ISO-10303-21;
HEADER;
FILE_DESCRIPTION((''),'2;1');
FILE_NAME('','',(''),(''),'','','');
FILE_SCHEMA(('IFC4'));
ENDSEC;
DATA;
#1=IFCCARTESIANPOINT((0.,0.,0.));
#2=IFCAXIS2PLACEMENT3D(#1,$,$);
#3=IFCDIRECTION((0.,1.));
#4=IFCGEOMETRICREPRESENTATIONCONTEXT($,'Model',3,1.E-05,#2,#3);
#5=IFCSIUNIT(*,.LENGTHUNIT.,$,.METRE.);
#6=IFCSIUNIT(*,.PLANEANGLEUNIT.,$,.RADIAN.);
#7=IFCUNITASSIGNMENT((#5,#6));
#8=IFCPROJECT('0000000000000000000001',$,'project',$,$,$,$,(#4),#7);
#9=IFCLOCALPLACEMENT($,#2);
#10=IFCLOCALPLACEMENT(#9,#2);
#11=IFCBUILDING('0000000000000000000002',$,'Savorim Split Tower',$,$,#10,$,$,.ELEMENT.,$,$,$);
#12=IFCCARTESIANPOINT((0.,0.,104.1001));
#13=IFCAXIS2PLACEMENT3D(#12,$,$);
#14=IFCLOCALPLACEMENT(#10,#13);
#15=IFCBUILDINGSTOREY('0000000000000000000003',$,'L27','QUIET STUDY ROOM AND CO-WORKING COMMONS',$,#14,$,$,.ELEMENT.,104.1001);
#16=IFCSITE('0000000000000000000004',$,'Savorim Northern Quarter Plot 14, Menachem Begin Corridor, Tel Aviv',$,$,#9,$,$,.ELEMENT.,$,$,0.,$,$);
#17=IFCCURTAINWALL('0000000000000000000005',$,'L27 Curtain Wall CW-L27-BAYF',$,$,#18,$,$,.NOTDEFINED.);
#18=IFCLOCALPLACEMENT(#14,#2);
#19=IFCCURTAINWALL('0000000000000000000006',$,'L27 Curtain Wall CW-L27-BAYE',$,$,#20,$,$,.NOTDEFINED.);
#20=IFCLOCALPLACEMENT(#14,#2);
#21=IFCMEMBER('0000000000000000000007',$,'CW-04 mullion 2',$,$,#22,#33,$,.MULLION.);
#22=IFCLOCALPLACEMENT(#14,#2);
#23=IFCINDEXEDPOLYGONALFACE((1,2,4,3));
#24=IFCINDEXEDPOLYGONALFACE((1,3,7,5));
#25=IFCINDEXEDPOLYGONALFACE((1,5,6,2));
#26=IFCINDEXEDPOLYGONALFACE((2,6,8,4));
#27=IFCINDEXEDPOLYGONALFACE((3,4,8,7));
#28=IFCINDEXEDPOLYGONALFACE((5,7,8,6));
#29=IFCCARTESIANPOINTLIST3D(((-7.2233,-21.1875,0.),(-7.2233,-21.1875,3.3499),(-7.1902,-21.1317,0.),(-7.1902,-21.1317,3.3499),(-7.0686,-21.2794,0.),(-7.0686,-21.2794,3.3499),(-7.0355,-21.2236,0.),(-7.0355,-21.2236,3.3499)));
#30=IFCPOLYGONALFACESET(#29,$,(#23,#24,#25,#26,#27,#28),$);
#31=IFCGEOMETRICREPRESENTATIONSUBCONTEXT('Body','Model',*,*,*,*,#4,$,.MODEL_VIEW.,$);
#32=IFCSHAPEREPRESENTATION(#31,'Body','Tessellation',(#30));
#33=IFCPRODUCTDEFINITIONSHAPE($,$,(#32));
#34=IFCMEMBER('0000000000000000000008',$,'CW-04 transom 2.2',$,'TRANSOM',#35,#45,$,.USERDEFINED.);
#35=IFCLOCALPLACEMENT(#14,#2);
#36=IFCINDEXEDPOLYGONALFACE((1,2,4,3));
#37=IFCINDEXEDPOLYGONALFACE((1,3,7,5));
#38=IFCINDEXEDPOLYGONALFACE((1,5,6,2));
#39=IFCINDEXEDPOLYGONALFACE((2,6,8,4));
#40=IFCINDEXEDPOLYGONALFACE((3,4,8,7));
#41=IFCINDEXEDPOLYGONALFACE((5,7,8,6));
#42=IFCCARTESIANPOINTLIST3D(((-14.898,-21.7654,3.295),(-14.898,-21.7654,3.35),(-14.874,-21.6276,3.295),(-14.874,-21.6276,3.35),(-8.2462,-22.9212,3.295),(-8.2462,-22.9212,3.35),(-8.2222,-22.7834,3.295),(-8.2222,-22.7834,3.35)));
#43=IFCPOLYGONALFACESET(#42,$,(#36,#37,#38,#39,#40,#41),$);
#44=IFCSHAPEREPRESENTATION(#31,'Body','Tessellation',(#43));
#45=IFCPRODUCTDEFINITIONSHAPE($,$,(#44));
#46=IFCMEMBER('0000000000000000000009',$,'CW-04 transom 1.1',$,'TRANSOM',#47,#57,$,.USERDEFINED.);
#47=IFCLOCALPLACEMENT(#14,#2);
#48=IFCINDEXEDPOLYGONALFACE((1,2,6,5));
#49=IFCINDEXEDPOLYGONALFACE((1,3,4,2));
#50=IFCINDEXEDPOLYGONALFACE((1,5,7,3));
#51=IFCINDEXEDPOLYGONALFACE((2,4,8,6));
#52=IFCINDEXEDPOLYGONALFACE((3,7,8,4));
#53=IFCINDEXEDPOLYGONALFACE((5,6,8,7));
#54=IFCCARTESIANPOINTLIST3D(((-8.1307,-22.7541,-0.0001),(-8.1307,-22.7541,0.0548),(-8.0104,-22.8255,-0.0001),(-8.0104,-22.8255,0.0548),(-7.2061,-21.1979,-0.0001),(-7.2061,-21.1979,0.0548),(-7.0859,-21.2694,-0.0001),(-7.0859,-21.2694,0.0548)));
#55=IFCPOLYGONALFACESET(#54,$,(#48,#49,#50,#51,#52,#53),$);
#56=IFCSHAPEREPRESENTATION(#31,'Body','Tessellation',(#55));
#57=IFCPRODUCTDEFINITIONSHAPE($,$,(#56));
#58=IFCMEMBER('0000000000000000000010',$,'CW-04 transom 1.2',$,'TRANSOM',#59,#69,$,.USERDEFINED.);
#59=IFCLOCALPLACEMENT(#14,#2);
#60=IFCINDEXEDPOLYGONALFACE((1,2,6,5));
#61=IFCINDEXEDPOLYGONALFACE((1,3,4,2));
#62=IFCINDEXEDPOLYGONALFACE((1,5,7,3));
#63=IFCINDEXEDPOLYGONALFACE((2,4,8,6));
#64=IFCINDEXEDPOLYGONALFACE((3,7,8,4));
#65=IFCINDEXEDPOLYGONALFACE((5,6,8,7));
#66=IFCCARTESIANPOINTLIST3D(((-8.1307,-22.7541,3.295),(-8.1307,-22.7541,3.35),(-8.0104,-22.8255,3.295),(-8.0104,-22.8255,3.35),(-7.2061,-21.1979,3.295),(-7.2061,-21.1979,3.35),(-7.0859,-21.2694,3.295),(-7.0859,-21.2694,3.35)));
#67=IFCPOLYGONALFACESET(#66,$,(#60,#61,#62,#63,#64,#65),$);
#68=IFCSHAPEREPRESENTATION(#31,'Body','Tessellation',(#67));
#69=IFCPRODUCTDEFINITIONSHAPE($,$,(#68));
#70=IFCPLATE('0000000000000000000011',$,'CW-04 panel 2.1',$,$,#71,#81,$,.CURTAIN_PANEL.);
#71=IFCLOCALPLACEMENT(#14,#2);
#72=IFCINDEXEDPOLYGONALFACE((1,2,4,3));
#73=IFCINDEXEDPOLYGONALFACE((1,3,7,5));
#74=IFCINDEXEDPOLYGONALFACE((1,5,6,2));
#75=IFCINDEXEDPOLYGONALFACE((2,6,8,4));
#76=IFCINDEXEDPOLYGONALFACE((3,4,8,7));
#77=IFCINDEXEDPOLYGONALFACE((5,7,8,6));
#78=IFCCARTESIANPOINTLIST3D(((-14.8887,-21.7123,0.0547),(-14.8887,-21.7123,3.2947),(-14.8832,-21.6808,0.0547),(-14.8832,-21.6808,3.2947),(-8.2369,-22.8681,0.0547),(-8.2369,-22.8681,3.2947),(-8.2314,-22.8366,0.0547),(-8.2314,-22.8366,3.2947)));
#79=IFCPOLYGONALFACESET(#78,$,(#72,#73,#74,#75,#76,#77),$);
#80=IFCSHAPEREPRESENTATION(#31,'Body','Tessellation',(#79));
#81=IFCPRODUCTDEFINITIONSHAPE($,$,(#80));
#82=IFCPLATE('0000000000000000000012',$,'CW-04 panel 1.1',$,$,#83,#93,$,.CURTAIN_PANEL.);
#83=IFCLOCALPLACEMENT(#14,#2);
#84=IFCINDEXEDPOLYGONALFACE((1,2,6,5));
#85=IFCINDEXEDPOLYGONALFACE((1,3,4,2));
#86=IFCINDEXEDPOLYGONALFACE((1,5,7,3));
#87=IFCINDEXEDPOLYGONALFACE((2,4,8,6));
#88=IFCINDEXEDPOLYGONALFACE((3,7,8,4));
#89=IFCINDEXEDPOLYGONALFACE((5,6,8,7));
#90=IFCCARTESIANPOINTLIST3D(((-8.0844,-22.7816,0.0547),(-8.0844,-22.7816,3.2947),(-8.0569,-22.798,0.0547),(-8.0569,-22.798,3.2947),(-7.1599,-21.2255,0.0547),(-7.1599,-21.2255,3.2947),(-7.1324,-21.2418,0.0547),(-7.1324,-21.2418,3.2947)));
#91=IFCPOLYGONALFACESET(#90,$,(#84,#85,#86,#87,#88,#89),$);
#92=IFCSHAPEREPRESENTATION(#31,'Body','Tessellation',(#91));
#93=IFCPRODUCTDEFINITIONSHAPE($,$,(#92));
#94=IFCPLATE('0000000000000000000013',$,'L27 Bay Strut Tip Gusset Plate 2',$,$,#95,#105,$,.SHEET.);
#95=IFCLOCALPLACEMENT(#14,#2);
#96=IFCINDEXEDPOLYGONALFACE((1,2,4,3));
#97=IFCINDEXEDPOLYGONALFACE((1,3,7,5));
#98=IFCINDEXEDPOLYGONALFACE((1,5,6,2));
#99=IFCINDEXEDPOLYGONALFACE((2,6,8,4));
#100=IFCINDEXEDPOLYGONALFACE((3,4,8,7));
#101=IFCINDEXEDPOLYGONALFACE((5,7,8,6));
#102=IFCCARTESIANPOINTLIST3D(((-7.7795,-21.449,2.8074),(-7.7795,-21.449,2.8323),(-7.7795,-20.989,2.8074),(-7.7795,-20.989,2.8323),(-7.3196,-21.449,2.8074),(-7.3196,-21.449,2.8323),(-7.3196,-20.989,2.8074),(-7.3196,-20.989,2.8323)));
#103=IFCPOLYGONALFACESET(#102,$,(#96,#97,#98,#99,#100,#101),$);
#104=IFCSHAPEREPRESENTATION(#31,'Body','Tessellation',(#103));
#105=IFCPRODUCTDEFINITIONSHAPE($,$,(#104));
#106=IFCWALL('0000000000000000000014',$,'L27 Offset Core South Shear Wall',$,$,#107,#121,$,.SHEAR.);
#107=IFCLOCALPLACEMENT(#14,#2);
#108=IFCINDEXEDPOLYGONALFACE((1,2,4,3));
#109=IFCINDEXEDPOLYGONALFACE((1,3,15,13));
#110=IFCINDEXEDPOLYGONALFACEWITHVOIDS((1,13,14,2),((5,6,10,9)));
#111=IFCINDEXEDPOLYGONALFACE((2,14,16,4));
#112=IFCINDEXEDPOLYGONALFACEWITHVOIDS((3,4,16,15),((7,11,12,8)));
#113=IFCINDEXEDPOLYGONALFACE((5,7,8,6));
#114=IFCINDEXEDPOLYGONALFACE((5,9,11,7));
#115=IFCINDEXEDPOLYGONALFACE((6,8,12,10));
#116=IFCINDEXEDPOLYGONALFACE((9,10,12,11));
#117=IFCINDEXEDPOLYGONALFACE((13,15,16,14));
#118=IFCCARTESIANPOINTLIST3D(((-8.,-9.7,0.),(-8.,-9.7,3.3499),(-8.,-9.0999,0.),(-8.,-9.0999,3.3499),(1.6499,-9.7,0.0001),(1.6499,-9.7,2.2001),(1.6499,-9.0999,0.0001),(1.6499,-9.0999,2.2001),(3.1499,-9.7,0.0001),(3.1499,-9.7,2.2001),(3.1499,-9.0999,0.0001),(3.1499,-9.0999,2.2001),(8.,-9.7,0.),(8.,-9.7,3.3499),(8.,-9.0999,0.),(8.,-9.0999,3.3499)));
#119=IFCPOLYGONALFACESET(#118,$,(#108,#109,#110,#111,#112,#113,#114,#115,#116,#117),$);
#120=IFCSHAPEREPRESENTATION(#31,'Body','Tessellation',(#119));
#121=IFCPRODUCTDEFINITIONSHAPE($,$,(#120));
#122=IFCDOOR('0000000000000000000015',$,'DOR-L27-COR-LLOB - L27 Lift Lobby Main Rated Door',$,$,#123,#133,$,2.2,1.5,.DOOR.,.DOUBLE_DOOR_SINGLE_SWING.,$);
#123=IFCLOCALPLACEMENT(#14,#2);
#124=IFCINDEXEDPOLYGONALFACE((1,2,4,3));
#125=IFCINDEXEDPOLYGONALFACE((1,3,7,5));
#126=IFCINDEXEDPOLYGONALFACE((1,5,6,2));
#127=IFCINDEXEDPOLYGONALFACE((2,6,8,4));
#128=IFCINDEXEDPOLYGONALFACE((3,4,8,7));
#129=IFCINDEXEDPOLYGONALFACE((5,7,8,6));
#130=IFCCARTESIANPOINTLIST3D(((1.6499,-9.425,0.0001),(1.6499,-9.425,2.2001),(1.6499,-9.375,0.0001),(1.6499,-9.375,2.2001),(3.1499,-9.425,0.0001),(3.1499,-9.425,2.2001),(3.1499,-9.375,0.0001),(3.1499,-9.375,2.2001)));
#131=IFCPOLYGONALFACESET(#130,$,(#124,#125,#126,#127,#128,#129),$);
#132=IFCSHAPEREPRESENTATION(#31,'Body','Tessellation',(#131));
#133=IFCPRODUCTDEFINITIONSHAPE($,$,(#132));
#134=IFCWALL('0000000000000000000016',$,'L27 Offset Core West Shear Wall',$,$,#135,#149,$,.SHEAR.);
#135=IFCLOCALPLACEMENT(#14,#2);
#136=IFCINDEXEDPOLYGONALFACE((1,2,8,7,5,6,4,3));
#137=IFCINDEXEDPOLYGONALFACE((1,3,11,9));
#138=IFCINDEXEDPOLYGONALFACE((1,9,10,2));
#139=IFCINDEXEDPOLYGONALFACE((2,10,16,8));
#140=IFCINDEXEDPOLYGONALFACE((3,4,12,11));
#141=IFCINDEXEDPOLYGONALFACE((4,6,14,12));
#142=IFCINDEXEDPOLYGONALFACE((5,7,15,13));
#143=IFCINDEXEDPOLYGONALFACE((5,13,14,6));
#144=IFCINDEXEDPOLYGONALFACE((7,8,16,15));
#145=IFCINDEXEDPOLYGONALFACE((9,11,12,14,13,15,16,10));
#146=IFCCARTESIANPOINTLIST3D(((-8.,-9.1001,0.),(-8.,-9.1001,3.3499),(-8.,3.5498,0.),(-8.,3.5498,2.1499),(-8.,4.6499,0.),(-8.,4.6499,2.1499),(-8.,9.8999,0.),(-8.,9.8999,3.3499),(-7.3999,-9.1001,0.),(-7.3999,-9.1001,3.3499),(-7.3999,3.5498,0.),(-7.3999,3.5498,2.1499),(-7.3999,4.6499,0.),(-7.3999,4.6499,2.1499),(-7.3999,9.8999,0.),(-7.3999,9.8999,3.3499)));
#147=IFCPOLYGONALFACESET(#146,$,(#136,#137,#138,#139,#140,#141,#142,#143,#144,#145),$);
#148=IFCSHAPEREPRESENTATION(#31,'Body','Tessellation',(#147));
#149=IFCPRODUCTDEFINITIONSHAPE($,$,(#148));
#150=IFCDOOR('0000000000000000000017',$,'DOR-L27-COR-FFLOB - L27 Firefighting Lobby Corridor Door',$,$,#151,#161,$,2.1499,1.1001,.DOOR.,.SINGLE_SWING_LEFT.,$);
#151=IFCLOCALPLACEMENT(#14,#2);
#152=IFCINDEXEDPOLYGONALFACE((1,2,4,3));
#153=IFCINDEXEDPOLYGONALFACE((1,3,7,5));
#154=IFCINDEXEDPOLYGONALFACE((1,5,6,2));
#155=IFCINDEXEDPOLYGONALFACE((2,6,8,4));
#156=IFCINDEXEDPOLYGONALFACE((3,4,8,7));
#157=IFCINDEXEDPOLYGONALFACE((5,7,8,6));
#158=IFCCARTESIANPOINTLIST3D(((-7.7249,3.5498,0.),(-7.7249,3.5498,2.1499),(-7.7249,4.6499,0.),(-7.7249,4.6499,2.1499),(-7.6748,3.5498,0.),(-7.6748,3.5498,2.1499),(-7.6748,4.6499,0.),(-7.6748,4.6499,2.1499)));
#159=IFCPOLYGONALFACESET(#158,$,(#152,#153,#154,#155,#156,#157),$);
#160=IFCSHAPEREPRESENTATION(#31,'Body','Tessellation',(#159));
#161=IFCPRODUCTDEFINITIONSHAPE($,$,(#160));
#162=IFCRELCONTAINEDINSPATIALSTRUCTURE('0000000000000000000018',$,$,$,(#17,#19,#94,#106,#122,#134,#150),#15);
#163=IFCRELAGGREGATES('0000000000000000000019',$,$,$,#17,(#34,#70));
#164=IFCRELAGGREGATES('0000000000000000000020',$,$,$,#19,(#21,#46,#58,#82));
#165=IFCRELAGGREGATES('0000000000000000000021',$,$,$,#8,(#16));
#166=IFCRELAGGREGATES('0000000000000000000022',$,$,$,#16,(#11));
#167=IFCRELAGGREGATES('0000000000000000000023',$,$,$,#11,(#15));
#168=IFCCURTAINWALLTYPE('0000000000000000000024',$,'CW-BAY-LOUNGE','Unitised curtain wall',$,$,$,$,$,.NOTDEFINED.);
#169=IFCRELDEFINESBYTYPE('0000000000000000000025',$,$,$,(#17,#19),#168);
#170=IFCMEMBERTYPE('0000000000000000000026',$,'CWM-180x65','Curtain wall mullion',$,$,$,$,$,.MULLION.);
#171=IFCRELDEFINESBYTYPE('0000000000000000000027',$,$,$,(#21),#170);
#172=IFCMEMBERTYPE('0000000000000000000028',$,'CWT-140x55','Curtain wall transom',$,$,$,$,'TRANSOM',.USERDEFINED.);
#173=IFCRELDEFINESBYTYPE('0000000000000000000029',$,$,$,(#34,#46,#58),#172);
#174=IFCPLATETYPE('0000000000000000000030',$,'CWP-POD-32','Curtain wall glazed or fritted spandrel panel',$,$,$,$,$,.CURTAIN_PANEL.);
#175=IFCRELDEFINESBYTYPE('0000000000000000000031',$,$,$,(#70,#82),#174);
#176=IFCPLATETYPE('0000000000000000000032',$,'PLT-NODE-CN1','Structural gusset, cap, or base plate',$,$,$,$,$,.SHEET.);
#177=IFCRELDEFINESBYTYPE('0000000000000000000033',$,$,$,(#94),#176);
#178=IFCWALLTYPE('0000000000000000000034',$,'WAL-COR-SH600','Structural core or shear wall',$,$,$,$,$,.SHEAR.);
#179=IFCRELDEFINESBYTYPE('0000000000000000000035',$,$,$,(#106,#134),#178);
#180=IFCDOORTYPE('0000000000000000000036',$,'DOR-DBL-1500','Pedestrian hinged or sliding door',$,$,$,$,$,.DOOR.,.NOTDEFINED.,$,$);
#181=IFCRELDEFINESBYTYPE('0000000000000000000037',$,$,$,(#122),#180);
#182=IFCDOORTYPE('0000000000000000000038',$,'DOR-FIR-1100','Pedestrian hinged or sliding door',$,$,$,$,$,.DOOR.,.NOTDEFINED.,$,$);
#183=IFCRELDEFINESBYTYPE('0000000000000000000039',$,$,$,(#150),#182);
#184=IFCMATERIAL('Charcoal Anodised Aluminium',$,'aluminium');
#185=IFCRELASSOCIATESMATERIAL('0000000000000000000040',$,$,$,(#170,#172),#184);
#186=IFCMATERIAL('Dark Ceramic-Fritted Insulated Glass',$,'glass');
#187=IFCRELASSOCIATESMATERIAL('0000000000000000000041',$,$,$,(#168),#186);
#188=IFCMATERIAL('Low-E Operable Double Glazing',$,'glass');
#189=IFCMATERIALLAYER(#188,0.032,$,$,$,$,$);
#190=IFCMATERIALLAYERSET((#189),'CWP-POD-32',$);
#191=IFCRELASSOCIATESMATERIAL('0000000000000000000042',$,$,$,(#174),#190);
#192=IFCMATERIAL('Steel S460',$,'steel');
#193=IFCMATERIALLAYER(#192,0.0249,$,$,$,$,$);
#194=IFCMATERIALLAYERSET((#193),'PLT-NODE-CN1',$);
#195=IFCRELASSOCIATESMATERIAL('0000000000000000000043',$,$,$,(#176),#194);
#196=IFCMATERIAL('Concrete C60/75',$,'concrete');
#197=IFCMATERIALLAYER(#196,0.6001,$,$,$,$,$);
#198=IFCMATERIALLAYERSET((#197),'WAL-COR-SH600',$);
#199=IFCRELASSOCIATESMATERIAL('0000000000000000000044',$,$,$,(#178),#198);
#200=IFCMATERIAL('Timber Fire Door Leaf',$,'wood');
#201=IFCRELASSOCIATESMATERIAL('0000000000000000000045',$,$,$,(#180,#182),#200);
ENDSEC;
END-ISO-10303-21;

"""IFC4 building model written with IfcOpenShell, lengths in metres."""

from ifc_helpers import new_model, si_unit, direction, frame, frame_2d, origin, origin_2d, place, context, subcontext, project, spatial, rectangle, extrude, material, layer, layer_set, material_profile, profile_set, type_object, element, fill, aggregate, save


model = new_model("IFC4")

# Units and contexts
model_context = context("Model", 3, precision=1e-05, world=origin(), true_north=direction((0.0, 1.0)))
body_context = subcontext(model_context, "Body", "Model", "MODEL_VIEW")
ifc_project = project(units=[si_unit("LENGTHUNIT", "METRE"), si_unit("PLANEANGLEUNIT", "RADIAN")], contexts=[model_context])

# Site, building, storey
site_placement = place(None, origin())
site = spatial("IfcSite", under=ifc_project, at=site_placement, Name="Savorim Northern Quarter Plot 14, Menachem Begin Corridor, Tel Aviv", CompositionType="ELEMENT", RefElevation=0.0)
building_placement = place(site_placement, origin())
building = spatial("IfcBuilding", under=site, at=building_placement, Name="Savorim Split Tower", CompositionType="ELEMENT")
storey_placement = place(building_placement, frame((0.0, 0.0, 104.1001)))
storey = spatial("IfcBuildingStorey", under=building, at=storey_placement, Name="L27", Description="QUIET STUDY ROOM AND CO-WORKING COMMONS", CompositionType="ELEMENT", Elevation=104.1001)

# Shared definitions
ifc_material_1 = material(Name="Steel S460", Category="steel")

# Curtain wall
ifc_material_2 = material(Name="Dark Ceramic-Fritted Insulated Glass", Category="glass")
ifc_material_3 = material(Name="Charcoal Anodised Aluminium", Category="aluminium")
ifc_material_profile_1 = material_profile(ifc_material_3, rectangle(XDim=0.1799, YDim=0.0649, at=origin_2d()), Name="ALU-M 180x65")
ifc_profile_set_1 = profile_set([ifc_material_profile_1], Name="Charcoal Anodised Aluminium")
member_type_1 = type_object("IfcMemberType", Name="CWM-180x65", Description="Curtain wall mullion", PredefinedType="MULLION", material=ifc_profile_set_1)
curtain_wall_type_1 = type_object("IfcCurtainWallType", Name="CW-BAY-LOUNGE", Description="Unitised curtain wall", PredefinedType="NOTDEFINED", material=ifc_material_2)
curtain_wall_1_placement = place(storey_placement, origin())
curtain_wall_1 = element("IfcCurtainWall", 1, at=curtain_wall_1_placement, inside=storey, type_object=curtain_wall_type_1, Name="L27 Curtain Wall CW-L27-BAYF", PredefinedType="NOTDEFINED")

# Curtain wall, member
curtain_wall_2_placement = place(storey_placement, origin())
curtain_wall_2 = element("IfcCurtainWall", 2, at=curtain_wall_2_placement, inside=storey, type_object=curtain_wall_type_1, Name="L27 Curtain Wall CW-L27-BAYE", PredefinedType="NOTDEFINED")
member_1_placement = place(storey_placement, frame((-7.1294, -21.2056, 0.0), z_axis=(0.0, 0.0, 1.0), x_axis=(-0.859722, 0.510761, 0.0)))
member_1 = element("IfcMember", 3, at=member_1_placement, type_object=member_type_1, Name="CW-04 mullion 2", PredefinedType="MULLION", context=body_context, shape_type="SweptSolid", body=[
    extrude(rectangle(XDim=0.1799, YDim=0.0649, at=origin_2d()), origin(), (0.0, 0.0, 1.0), 3.3499),
])

# Members
ifc_material_profile_2 = material_profile(ifc_material_3, rectangle(XDim=0.1399, YDim=0.0549, at=origin_2d()), Name="ALU-T 140x55")
ifc_profile_set_2 = profile_set([ifc_material_profile_2], Name="Charcoal Anodised Aluminium")
member_type_2 = type_object("IfcMemberType", Name="CWT-140x55", Description="Curtain wall transom", ElementType="TRANSOM", PredefinedType="USERDEFINED", material=ifc_profile_set_2)
member_2_placement = place(storey_placement, frame((-14.886, -21.6965, 3.3225), z_axis=(0.985239, -0.171186, 0.0), x_axis=(0.171186, 0.985239, 0.0)))
member_2 = element("IfcMember", 4, at=member_2_placement, type_object=member_type_2, Name="CW-04 transom 2.2", ObjectType="TRANSOM", PredefinedType="USERDEFINED", context=body_context, shape_type="SweptSolid", body=[
    extrude(rectangle(XDim=0.1399, YDim=0.0549, at=origin_2d()), origin(), (0.0, 0.0, 1.0), 6.7515),
])
member_3_placement = place(storey_placement, frame((-8.0706, -22.7898, 0.0273), z_axis=(0.510782, 0.85971, 0.0), x_axis=(-0.85971, 0.510782, 0.0)))
member_3 = element("IfcMember", 5, at=member_3_placement, type_object=member_type_2, Name="CW-04 transom 1.1", ObjectType="TRANSOM", PredefinedType="USERDEFINED", context=body_context, shape_type="SweptSolid", body=[
    extrude(rectangle(XDim=0.1399, YDim=0.0549, at=origin_2d()), origin(), (0.0, 0.0, 1.0), 1.8101),
])
member_4_placement = place(storey_placement, frame((-8.0706, -22.7898, 3.3225), z_axis=(0.510782, 0.85971, 0.0), x_axis=(-0.85971, 0.510782, 0.0)))
member_4 = element("IfcMember", 6, at=member_4_placement, type_object=member_type_2, Name="CW-04 transom 1.2", ObjectType="TRANSOM", PredefinedType="USERDEFINED", context=body_context, shape_type="SweptSolid", body=[
    extrude(rectangle(XDim=0.1399, YDim=0.0549, at=origin_2d()), origin(), (0.0, 0.0, 1.0), 1.8101),
])

# Plates
ifc_material_4 = material(Name="Low-E Operable Double Glazing", Category="glass")
ifc_layer_1 = layer(ifc_material_4, 0.032)
ifc_layer_set_1 = layer_set([ifc_layer_1], Name="CWP-POD-32")
plate_type_1 = type_object("IfcPlateType", Name="CWP-POD-32", Description="Curtain wall glazed or fritted spandrel panel", PredefinedType="CURTAIN_PANEL", material=ifc_layer_set_1)
plate_1_placement = place(storey_placement, frame((-11.5601, -22.2744, 0.0547), z_axis=(0.0, 0.0, 1.0), x_axis=(0.985238, -0.171191, 0.0)))
plate_1 = element("IfcPlate", 7, at=plate_1_placement, type_object=plate_type_1, Name="CW-04 panel 2.1", PredefinedType="CURTAIN_PANEL", context=body_context, shape_type="SweptSolid", body=[
    extrude(rectangle(XDim=6.7515, YDim=0.032, at=origin_2d()), origin(), (0.0, 0.0, 1.0), 3.24),
])
aggregate(curtain_wall_1, [member_2, plate_1])
plate_2_placement = place(storey_placement, frame((-7.6084, -22.0117, 0.0547), z_axis=(0.0, 0.0, 1.0), x_axis=(0.510761, 0.859722, 0.0)))
plate_2 = element("IfcPlate", 8, at=plate_2_placement, type_object=plate_type_1, Name="CW-04 panel 1.1", PredefinedType="CURTAIN_PANEL", context=body_context, shape_type="SweptSolid", body=[
    extrude(rectangle(XDim=1.8101, YDim=0.032, at=origin_2d()), origin(), (0.0, 0.0, 1.0), 3.24),
])
aggregate(curtain_wall_2, [member_1, member_3, member_4, plate_2])
ifc_layer_2 = layer(ifc_material_1, 0.0249)
ifc_layer_set_2 = layer_set([ifc_layer_2], Name="PLT-NODE-CN1")
plate_type_2 = type_object("IfcPlateType", Name="PLT-NODE-CN1", Description="Structural gusset, cap, or base plate", PredefinedType="SHEET", material=ifc_layer_set_2)
plate_3_placement = place(storey_placement, frame((-7.5496, -21.219, 2.8074), z_axis=(0.0, 0.0, 1.0), x_axis=(1.0, 0.0, 0.0)))
element("IfcPlate", 9, at=plate_3_placement, inside=storey, type_object=plate_type_2, Name="L27 Bay Strut Tip Gusset Plate 2", PredefinedType="SHEET", context=body_context, shape_type="SweptSolid", body=[
    extrude(rectangle(XDim=0.46, YDim=0.46, at=origin_2d()), origin(), (0.0, 0.0, 1.0), 0.0249),
])

# Walls, openings, doors
ifc_material_5 = material(Name="Concrete C60/75", Category="concrete")
ifc_layer_3 = layer(ifc_material_5, 0.6001)
ifc_layer_set_3 = layer_set([ifc_layer_3], Name="WAL-COR-SH600")
wall_type_1 = type_object("IfcWallType", Name="WAL-COR-SH600", Description="Structural core or shear wall", PredefinedType="SHEAR", material=ifc_layer_set_3)
wall_1_placement = place(storey_placement, frame((-8.0, -9.3999, 0.0), z_axis=(0.0, 0.0, 1.0), x_axis=(1.0, 0.0, 0.0)))
wall_1 = element("IfcWall", 10, at=wall_1_placement, inside=storey, type_object=wall_type_1, Name="L27 Offset Core South Shear Wall", PredefinedType="SHEAR", context=body_context, shape_type="SweptSolid", body=[
    extrude(rectangle(XDim=16.0, YDim=0.6001, at=frame_2d((8.0, 0.0))), origin(), (0.0, 0.0, 1.0), 3.3499),
])
opening_1_placement = place(wall_1_placement, frame((9.6499, 0.0, 0.0)))
opening_1 = element("IfcOpeningElement", 11, at=opening_1_placement, cuts=wall_1, PredefinedType="OPENING", context=body_context, shape_type="SweptSolid", body=[
    extrude(rectangle(XDim=1.5, YDim=2.2, at=frame_2d((0.75, 1.1001))), frame((0.0, 0.3101, 0.0), z_axis=(0.0, -1.0, 0.0), x_axis=(1.0, 0.0, 0.0)), (0.0, 0.0, 1.0), 0.6201),
])
ifc_material_6 = material(Name="Timber Fire Door Leaf", Category="wood")
door_type_1 = type_object("IfcDoorType", Name="DOR-DBL-1500", Description="Pedestrian hinged or sliding door", OperationType="NOTDEFINED", PredefinedType="DOOR", material=ifc_material_6)
door_1_placement = place(opening_1_placement, origin())
door_1 = element("IfcDoor", 12, at=door_1_placement, inside=storey, type_object=door_type_1, Name="DOR-L27-COR-LLOB - L27 Lift Lobby Main Rated Door", OperationType="DOUBLE_DOOR_SINGLE_SWING", OverallHeight=2.2, OverallWidth=1.5, PredefinedType="DOOR", context=body_context, shape_type="SweptSolid", body=[
    extrude(rectangle(XDim=1.5, YDim=2.2, at=frame_2d((0.75, 1.1001))), frame((0.0, 0.0249, 0.0), z_axis=(0.0, -1.0, 0.0), x_axis=(1.0, 0.0, 0.0)), (0.0, 0.0, 1.0), 0.05),
])
fill(opening_1, door_1)
wall_2_placement = place(storey_placement, frame((-7.7, -9.1001, 0.0), z_axis=(0.0, 0.0, 1.0), x_axis=(0.0, 1.0, 0.0)))
wall_2 = element("IfcWall", 13, at=wall_2_placement, inside=storey, type_object=wall_type_1, Name="L27 Offset Core West Shear Wall", PredefinedType="SHEAR", context=body_context, shape_type="SweptSolid", body=[
    extrude(rectangle(XDim=19.0, YDim=0.6001, at=frame_2d((9.5, 0.0))), origin(), (0.0, 0.0, 1.0), 3.3499),
])
opening_2_placement = place(wall_2_placement, frame((12.6499, 0.0, 0.0)))
opening_2 = element("IfcOpeningElement", 14, at=opening_2_placement, cuts=wall_2, PredefinedType="OPENING", context=body_context, shape_type="SweptSolid", body=[
    extrude(rectangle(XDim=1.1001, YDim=2.1499, at=frame_2d((0.55, 1.075))), frame((0.0, 0.3101, 0.0), z_axis=(0.0, -1.0, 0.0), x_axis=(1.0, 0.0, 0.0)), (0.0, 0.0, 1.0), 0.6201),
])
door_type_2 = type_object("IfcDoorType", Name="DOR-FIR-1100", Description="Pedestrian hinged or sliding door", OperationType="NOTDEFINED", PredefinedType="DOOR", material=ifc_material_6)
door_2_placement = place(opening_2_placement, origin())
door_2 = element("IfcDoor", 15, at=door_2_placement, inside=storey, type_object=door_type_2, Name="DOR-L27-COR-FFLOB - L27 Firefighting Lobby Corridor Door", OperationType="SINGLE_SWING_LEFT", OverallHeight=2.1499, OverallWidth=1.1001, PredefinedType="DOOR", context=body_context, shape_type="SweptSolid", body=[
    extrude(rectangle(XDim=1.1001, YDim=2.1499, at=frame_2d((0.55, 1.075))), frame((0.0, 0.0249, 0.0), z_axis=(0.0, -1.0, 0.0), x_axis=(1.0, 0.0, 0.0)), (0.0, 0.0, 1.0), 0.05),
])
fill(opening_2, door_2)

save(model, "model.ifc")
